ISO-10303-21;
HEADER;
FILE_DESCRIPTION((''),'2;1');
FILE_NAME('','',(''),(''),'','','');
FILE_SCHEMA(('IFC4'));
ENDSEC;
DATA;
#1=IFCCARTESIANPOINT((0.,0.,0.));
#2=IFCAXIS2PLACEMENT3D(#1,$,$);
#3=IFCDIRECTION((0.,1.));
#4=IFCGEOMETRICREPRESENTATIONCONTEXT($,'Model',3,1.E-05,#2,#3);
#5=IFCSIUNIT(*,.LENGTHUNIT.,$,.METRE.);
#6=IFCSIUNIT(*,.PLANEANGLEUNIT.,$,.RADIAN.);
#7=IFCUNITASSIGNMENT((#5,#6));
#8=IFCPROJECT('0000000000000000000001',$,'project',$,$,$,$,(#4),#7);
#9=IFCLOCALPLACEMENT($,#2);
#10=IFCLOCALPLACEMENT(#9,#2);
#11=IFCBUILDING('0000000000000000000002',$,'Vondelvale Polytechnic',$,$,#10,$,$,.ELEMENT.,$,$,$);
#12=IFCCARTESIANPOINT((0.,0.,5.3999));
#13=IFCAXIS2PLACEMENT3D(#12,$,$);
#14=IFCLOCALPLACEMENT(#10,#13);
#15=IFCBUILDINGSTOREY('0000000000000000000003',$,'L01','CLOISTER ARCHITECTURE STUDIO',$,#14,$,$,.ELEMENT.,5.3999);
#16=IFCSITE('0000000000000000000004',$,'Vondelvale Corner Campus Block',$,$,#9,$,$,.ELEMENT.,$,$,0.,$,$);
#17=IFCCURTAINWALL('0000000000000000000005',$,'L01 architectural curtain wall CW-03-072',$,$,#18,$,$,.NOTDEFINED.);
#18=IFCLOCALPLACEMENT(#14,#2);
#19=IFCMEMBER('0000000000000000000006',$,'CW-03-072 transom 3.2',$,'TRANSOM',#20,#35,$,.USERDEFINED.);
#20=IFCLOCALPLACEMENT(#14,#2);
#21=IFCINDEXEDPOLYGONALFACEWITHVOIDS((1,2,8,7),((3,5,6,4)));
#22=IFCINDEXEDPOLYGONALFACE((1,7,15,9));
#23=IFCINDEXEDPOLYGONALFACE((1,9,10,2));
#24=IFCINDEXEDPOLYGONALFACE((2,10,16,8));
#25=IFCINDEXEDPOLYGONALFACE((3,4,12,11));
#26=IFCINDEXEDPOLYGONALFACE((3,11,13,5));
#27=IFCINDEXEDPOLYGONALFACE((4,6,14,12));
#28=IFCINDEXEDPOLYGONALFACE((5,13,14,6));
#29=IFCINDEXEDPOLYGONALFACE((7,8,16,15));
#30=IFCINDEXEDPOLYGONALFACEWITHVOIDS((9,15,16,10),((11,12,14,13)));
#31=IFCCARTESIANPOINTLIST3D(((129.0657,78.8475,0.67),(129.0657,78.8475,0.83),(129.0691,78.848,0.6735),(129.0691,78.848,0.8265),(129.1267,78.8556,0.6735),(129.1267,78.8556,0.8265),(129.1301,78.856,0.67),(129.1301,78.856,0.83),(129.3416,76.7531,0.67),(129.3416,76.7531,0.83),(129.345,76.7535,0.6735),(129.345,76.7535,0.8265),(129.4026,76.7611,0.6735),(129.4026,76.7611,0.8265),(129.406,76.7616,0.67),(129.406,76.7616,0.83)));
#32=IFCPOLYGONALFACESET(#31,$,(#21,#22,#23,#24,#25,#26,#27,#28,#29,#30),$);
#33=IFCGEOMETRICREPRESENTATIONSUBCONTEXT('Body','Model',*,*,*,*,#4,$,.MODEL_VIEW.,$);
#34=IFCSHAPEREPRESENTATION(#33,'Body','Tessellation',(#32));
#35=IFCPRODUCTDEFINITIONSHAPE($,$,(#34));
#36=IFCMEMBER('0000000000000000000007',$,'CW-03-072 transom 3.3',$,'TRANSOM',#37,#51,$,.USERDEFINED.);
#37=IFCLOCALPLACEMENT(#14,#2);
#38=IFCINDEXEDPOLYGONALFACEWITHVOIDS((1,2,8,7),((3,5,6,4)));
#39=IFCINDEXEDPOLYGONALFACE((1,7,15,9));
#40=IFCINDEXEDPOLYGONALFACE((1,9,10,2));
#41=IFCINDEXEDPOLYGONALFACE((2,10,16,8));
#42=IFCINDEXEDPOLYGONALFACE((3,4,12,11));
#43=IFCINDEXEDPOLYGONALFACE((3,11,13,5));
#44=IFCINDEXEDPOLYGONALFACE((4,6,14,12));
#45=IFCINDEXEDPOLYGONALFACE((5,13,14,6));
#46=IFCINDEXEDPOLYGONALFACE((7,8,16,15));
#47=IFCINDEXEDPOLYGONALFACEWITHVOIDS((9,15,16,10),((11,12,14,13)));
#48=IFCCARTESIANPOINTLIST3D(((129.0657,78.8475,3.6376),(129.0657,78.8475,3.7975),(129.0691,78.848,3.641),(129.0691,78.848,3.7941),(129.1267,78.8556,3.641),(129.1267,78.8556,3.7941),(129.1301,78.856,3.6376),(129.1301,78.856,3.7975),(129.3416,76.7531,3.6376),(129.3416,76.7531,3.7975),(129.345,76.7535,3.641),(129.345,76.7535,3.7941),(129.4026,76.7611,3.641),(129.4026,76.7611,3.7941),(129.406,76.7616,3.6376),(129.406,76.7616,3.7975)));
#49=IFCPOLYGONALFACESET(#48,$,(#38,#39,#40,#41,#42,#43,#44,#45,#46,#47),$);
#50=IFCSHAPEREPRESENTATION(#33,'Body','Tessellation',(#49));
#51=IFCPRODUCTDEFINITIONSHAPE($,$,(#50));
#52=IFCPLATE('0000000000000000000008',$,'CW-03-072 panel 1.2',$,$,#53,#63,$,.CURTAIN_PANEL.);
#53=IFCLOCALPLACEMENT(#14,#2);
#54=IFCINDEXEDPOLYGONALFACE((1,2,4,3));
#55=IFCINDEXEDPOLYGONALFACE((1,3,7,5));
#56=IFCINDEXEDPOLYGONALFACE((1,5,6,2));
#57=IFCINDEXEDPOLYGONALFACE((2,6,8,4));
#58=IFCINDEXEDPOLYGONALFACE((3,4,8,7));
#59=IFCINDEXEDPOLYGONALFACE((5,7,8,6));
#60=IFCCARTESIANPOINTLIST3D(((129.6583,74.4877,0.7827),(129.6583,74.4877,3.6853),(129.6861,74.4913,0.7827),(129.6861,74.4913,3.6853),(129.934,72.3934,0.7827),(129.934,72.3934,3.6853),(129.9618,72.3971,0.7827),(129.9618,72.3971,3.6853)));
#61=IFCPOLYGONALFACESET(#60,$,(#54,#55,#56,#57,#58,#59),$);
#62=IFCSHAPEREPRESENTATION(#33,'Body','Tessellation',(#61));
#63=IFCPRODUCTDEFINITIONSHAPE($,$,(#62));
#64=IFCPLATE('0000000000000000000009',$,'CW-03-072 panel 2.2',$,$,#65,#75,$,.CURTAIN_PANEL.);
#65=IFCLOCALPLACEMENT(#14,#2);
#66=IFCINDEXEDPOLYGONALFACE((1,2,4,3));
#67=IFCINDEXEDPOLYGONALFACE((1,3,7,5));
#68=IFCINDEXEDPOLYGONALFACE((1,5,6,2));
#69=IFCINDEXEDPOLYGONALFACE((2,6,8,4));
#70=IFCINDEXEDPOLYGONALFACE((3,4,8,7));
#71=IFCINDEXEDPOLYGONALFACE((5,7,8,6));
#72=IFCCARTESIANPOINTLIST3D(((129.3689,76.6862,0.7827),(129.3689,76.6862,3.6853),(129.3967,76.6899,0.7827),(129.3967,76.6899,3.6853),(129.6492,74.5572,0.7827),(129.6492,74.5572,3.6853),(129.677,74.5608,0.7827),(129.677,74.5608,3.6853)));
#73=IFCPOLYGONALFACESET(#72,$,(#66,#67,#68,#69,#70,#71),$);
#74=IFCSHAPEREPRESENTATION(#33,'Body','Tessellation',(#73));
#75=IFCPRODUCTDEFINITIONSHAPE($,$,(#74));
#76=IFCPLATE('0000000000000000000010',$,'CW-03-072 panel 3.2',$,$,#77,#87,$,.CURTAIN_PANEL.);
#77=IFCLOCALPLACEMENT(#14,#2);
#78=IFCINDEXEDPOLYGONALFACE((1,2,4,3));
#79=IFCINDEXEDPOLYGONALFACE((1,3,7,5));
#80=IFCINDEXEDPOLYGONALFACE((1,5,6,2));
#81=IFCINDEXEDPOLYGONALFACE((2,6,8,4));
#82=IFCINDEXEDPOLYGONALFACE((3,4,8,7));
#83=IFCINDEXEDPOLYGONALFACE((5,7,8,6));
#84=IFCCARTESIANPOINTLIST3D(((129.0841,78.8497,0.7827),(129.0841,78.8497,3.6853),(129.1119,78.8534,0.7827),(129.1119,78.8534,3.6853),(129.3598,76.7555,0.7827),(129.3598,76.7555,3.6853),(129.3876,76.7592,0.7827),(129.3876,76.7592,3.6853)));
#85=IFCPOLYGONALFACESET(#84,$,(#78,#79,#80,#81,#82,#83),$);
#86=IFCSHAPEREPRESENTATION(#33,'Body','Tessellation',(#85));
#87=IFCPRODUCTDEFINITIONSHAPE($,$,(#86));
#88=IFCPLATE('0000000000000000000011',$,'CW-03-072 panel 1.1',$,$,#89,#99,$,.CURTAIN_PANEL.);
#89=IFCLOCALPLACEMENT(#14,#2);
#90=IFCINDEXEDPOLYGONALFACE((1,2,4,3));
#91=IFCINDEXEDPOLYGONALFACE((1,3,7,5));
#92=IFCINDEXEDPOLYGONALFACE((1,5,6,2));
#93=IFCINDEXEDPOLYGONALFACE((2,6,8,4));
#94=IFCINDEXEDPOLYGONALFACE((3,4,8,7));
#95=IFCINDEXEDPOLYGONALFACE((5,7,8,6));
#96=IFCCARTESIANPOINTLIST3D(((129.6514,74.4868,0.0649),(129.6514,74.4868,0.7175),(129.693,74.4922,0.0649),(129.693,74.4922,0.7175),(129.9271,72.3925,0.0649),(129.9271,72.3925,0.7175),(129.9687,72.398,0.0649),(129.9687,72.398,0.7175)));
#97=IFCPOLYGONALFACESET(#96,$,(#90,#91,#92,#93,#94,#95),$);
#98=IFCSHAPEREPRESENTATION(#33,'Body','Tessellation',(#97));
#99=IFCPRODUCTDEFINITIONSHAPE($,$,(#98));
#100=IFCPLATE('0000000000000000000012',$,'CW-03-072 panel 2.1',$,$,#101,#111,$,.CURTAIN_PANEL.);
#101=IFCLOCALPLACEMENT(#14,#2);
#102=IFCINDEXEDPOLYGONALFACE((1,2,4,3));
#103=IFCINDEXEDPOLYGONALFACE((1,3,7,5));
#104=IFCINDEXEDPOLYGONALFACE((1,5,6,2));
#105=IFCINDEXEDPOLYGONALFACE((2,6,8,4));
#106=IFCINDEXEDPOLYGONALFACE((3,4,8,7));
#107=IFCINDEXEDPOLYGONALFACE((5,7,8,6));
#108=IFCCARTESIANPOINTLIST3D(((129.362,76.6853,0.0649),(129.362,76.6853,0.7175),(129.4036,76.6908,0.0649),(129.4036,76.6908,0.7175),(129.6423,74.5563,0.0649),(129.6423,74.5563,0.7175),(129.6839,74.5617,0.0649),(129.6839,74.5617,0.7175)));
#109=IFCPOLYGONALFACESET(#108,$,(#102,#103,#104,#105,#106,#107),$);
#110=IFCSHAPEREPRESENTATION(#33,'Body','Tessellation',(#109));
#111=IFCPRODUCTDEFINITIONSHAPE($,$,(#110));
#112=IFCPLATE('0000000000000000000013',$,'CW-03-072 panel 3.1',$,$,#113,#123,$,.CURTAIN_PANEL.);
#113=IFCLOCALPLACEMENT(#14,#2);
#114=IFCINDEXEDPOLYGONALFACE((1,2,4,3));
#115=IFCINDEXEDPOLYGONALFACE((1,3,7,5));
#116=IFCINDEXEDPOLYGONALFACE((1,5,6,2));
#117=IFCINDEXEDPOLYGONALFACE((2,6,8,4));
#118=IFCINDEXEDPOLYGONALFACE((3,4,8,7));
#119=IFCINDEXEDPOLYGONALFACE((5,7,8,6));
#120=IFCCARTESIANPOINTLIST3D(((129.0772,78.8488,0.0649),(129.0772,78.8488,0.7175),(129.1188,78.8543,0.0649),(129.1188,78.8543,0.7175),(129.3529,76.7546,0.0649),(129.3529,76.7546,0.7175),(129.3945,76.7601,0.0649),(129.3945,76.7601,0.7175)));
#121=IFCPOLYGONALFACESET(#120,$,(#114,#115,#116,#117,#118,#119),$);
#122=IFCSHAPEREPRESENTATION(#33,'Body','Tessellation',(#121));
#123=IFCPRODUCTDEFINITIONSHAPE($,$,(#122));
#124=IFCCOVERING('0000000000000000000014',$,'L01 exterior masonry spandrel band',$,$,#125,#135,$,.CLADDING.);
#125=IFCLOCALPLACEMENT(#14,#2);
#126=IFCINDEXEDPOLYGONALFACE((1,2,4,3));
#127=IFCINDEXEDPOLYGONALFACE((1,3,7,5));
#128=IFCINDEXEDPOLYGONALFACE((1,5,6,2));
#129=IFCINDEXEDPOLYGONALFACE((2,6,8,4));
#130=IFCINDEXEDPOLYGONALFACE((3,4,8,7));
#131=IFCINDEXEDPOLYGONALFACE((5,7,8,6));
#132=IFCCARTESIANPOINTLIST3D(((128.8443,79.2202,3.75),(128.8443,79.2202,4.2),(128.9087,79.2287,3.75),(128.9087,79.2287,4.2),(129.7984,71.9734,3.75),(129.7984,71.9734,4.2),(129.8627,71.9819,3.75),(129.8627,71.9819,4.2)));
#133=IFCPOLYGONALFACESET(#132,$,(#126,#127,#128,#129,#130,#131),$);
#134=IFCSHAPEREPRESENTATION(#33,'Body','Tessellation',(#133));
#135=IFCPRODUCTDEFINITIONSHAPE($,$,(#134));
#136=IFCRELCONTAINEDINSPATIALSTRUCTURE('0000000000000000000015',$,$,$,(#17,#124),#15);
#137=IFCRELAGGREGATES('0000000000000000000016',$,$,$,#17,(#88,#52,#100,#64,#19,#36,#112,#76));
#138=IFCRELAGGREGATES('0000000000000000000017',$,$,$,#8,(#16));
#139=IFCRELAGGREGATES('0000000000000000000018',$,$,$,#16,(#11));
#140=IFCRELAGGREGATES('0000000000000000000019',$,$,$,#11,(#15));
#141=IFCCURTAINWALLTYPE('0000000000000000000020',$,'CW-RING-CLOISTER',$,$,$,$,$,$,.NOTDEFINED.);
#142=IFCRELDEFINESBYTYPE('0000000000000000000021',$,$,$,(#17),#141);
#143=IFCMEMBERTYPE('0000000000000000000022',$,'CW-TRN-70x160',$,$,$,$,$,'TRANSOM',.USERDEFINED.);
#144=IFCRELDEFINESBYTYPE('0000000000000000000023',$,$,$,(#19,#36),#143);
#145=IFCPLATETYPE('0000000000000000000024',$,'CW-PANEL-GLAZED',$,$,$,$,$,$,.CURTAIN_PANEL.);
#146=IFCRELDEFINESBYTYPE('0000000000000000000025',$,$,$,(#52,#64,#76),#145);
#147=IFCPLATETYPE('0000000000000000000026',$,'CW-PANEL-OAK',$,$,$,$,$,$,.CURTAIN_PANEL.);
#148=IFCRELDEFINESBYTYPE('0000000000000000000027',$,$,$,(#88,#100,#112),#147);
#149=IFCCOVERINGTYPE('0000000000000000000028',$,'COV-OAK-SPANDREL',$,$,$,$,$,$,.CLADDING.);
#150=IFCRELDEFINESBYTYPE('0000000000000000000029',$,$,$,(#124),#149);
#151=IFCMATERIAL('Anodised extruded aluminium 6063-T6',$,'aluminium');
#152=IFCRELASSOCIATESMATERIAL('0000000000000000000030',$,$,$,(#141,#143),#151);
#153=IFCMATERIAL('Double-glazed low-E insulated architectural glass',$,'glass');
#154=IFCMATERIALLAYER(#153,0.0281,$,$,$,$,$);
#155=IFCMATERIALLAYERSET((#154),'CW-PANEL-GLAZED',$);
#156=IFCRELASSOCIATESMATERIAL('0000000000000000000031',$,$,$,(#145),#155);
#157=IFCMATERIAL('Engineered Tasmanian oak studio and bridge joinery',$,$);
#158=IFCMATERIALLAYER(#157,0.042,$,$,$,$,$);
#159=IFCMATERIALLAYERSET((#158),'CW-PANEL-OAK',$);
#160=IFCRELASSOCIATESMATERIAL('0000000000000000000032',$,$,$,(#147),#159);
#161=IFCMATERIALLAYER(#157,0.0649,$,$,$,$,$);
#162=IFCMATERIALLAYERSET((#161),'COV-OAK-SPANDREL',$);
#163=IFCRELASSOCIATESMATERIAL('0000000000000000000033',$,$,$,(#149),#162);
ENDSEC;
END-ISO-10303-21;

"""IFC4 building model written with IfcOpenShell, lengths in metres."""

from ifc_helpers import new_model, si_unit, direction, frame, origin, origin_2d, place, context, subcontext, project, spatial, rectangle, hollow_rectangle, extrude, material, layer, layer_set, material_profile, profile_set, type_object, element, aggregate, save


model = new_model("IFC4")

# Units and contexts
model_context = context("Model", 3, precision=1e-05, world=origin(), true_north=direction((0.0, 1.0)))
body_context = subcontext(model_context, "Body", "Model", "MODEL_VIEW")
ifc_project = project(units=[si_unit("LENGTHUNIT", "METRE"), si_unit("PLANEANGLEUNIT", "RADIAN")], contexts=[model_context])

# Site, building, storey
site_placement = place(None, origin())
site = spatial("IfcSite", under=ifc_project, at=site_placement, Name="Vondelvale Corner Campus Block", CompositionType="ELEMENT", RefElevation=0.0)
building_placement = place(site_placement, origin())
building = spatial("IfcBuilding", under=site, at=building_placement, Name="Vondelvale Polytechnic", CompositionType="ELEMENT")
storey_placement = place(building_placement, frame((0.0, 0.0, 5.3999)))
storey = spatial("IfcBuildingStorey", under=building, at=storey_placement, Name="L01", Description="CLOISTER ARCHITECTURE STUDIO", CompositionType="ELEMENT", Elevation=5.3999)

# Curtain wall, members, plates
ifc_material_1 = material(Name="Anodised extruded aluminium 6063-T6", Category="aluminium")
curtain_wall_type = type_object("IfcCurtainWallType", Name="CW-RING-CLOISTER", PredefinedType="NOTDEFINED", material=ifc_material_1)
curtain_wall_placement = place(storey_placement, origin())
curtain_wall = element("IfcCurtainWall", 1, at=curtain_wall_placement, inside=storey, type_object=curtain_wall_type, Name="L01 architectural curtain wall CW-03-072", PredefinedType="NOTDEFINED")
ifc_material_profile_1 = material_profile(ifc_material_1, hollow_rectangle(XDim=0.0649, YDim=0.1599, WallThickness=0.0034, at=origin_2d()), Name="CW-TRN-160x65")
ifc_profile_set_1 = profile_set([ifc_material_profile_1], Name="Anodised extruded aluminium 6063-T6")
member_type_1 = type_object("IfcMemberType", Name="CW-TRN-70x160", ElementType="TRANSOM", PredefinedType="USERDEFINED", material=ifc_profile_set_1)
member_1_placement = place(storey_placement, frame((129.3738, 76.7573, 0.75), z_axis=(-0.130589, 0.991437, 0.0), x_axis=(-0.991437, -0.130589, 0.0)))
member_1 = element("IfcMember", 2, at=member_1_placement, type_object=member_type_1, Name="CW-03-072 transom 3.2", ObjectType="TRANSOM", PredefinedType="USERDEFINED", context=body_context, shape_type="SweptSolid", body=[
    extrude(hollow_rectangle(XDim=0.0649, YDim=0.1599, WallThickness=0.0034, at=origin_2d()), origin(), (0.0, 0.0, 1.0), 2.1125),
])
member_2_placement = place(storey_placement, frame((129.3738, 76.7573, 3.7175), z_axis=(-0.130589, 0.991437, 0.0), x_axis=(-0.991437, -0.130589, 0.0)))
member_2 = element("IfcMember", 3, at=member_2_placement, type_object=member_type_1, Name="CW-03-072 transom 3.3", ObjectType="TRANSOM", PredefinedType="USERDEFINED", context=body_context, shape_type="SweptSolid", body=[
    extrude(hollow_rectangle(XDim=0.0649, YDim=0.1599, WallThickness=0.0034, at=origin_2d()), origin(), (0.0, 0.0, 1.0), 2.1125),
])
ifc_material_2 = material(Name="Double-glazed low-E insulated architectural glass", Category="glass")
ifc_layer_1 = layer(ifc_material_2, 0.0281)
ifc_layer_set_1 = layer_set([ifc_layer_1], Name="CW-PANEL-GLAZED")
plate_type_1 = type_object("IfcPlateType", Name="CW-PANEL-GLAZED", PredefinedType="CURTAIN_PANEL", material=ifc_layer_set_1)
plate_1_placement = place(storey_placement, frame((129.8101, 73.4424, 0.7827), z_axis=(0.0, 0.0, 1.0), x_axis=(-0.130528, 0.991445, 0.0)))
plate_1 = element("IfcPlate", 4, at=plate_1_placement, type_object=plate_type_1, Name="CW-03-072 panel 1.2", PredefinedType="CURTAIN_PANEL", context=body_context, shape_type="SweptSolid", body=[
    extrude(rectangle(XDim=2.1123, YDim=0.0281, at=origin_2d()), origin(), (0.0, 0.0, 1.0), 2.9026),
])
plate_2_placement = place(storey_placement, frame((129.5229, 75.6235, 0.7827), z_axis=(0.0, 0.0, 1.0), x_axis=(-0.130528, 0.991445, 0.0)))
plate_2 = element("IfcPlate", 5, at=plate_2_placement, type_object=plate_type_1, Name="CW-03-072 panel 2.2", PredefinedType="CURTAIN_PANEL", context=body_context, shape_type="SweptSolid", body=[
    extrude(rectangle(XDim=2.1475, YDim=0.0281, at=origin_2d()), origin(), (0.0, 0.0, 1.0), 2.9026),
])
plate_3_placement = place(storey_placement, frame((129.2358, 77.8044, 0.7827), z_axis=(0.0, 0.0, 1.0), x_axis=(-0.130528, 0.991445, 0.0)))
plate_3 = element("IfcPlate", 6, at=plate_3_placement, type_object=plate_type_1, Name="CW-03-072 panel 3.2", PredefinedType="CURTAIN_PANEL", context=body_context, shape_type="SweptSolid", body=[
    extrude(rectangle(XDim=2.1123, YDim=0.0281, at=origin_2d()), origin(), (0.0, 0.0, 1.0), 2.9026),
])
ifc_material_3 = material(Name="Engineered Tasmanian oak studio and bridge joinery")
ifc_layer_2 = layer(ifc_material_3, 0.042)
ifc_layer_set_2 = layer_set([ifc_layer_2], Name="CW-PANEL-OAK")
plate_type_2 = type_object("IfcPlateType", Name="CW-PANEL-OAK", PredefinedType="CURTAIN_PANEL", material=ifc_layer_set_2)
plate_4_placement = place(storey_placement, frame((129.8101, 73.4424, 0.0649), z_axis=(0.0, 0.0, 1.0), x_axis=(-0.130528, 0.991445, 0.0)))
plate_4 = element("IfcPlate", 7, at=plate_4_placement, type_object=plate_type_2, Name="CW-03-072 panel 1.1", PredefinedType="CURTAIN_PANEL", context=body_context, shape_type="SweptSolid", body=[
    extrude(rectangle(XDim=2.1123, YDim=0.042, at=origin_2d()), origin(), (0.0, 0.0, 1.0), 0.6526),
])
plate_5_placement = place(storey_placement, frame((129.5229, 75.6235, 0.0649), z_axis=(0.0, 0.0, 1.0), x_axis=(-0.130528, 0.991445, 0.0)))
plate_5 = element("IfcPlate", 8, at=plate_5_placement, type_object=plate_type_2, Name="CW-03-072 panel 2.1", PredefinedType="CURTAIN_PANEL", context=body_context, shape_type="SweptSolid", body=[
    extrude(rectangle(XDim=2.1475, YDim=0.042, at=origin_2d()), origin(), (0.0, 0.0, 1.0), 0.6526),
])
plate_6_placement = place(storey_placement, frame((129.2358, 77.8044, 0.0649), z_axis=(0.0, 0.0, 1.0), x_axis=(-0.130528, 0.991445, 0.0)))
plate_6 = element("IfcPlate", 9, at=plate_6_placement, type_object=plate_type_2, Name="CW-03-072 panel 3.1", PredefinedType="CURTAIN_PANEL", context=body_context, shape_type="SweptSolid", body=[
    extrude(rectangle(XDim=2.1123, YDim=0.042, at=origin_2d()), origin(), (0.0, 0.0, 1.0), 0.6526),
])
aggregate(curtain_wall, [plate_4, plate_1, plate_5, plate_2, member_1, member_2, plate_6, plate_3])

# Covering
ifc_layer_3 = layer(ifc_material_3, 0.0649)
ifc_layer_set_3 = layer_set([ifc_layer_3], Name="COV-OAK-SPANDREL")
covering_type = type_object("IfcCoveringType", Name="COV-OAK-SPANDREL", PredefinedType="CLADDING", material=ifc_layer_set_3)
covering_placement = place(storey_placement, frame((129.3535, 75.6011, 3.75), z_axis=(0.0, 0.0, 1.0), x_axis=(-0.130526, 0.991445, 0.0)))
element("IfcCovering", 10, at=covering_placement, inside=storey, type_object=covering_type, Name="L01 exterior masonry spandrel band", PredefinedType="CLADDING", context=body_context, shape_type="SweptSolid", body=[
    extrude(rectangle(XDim=7.3093, YDim=0.0649, at=origin_2d()), origin(), (0.0, 0.0, 1.0), 0.45),
])

save(model, "model.ifc")
